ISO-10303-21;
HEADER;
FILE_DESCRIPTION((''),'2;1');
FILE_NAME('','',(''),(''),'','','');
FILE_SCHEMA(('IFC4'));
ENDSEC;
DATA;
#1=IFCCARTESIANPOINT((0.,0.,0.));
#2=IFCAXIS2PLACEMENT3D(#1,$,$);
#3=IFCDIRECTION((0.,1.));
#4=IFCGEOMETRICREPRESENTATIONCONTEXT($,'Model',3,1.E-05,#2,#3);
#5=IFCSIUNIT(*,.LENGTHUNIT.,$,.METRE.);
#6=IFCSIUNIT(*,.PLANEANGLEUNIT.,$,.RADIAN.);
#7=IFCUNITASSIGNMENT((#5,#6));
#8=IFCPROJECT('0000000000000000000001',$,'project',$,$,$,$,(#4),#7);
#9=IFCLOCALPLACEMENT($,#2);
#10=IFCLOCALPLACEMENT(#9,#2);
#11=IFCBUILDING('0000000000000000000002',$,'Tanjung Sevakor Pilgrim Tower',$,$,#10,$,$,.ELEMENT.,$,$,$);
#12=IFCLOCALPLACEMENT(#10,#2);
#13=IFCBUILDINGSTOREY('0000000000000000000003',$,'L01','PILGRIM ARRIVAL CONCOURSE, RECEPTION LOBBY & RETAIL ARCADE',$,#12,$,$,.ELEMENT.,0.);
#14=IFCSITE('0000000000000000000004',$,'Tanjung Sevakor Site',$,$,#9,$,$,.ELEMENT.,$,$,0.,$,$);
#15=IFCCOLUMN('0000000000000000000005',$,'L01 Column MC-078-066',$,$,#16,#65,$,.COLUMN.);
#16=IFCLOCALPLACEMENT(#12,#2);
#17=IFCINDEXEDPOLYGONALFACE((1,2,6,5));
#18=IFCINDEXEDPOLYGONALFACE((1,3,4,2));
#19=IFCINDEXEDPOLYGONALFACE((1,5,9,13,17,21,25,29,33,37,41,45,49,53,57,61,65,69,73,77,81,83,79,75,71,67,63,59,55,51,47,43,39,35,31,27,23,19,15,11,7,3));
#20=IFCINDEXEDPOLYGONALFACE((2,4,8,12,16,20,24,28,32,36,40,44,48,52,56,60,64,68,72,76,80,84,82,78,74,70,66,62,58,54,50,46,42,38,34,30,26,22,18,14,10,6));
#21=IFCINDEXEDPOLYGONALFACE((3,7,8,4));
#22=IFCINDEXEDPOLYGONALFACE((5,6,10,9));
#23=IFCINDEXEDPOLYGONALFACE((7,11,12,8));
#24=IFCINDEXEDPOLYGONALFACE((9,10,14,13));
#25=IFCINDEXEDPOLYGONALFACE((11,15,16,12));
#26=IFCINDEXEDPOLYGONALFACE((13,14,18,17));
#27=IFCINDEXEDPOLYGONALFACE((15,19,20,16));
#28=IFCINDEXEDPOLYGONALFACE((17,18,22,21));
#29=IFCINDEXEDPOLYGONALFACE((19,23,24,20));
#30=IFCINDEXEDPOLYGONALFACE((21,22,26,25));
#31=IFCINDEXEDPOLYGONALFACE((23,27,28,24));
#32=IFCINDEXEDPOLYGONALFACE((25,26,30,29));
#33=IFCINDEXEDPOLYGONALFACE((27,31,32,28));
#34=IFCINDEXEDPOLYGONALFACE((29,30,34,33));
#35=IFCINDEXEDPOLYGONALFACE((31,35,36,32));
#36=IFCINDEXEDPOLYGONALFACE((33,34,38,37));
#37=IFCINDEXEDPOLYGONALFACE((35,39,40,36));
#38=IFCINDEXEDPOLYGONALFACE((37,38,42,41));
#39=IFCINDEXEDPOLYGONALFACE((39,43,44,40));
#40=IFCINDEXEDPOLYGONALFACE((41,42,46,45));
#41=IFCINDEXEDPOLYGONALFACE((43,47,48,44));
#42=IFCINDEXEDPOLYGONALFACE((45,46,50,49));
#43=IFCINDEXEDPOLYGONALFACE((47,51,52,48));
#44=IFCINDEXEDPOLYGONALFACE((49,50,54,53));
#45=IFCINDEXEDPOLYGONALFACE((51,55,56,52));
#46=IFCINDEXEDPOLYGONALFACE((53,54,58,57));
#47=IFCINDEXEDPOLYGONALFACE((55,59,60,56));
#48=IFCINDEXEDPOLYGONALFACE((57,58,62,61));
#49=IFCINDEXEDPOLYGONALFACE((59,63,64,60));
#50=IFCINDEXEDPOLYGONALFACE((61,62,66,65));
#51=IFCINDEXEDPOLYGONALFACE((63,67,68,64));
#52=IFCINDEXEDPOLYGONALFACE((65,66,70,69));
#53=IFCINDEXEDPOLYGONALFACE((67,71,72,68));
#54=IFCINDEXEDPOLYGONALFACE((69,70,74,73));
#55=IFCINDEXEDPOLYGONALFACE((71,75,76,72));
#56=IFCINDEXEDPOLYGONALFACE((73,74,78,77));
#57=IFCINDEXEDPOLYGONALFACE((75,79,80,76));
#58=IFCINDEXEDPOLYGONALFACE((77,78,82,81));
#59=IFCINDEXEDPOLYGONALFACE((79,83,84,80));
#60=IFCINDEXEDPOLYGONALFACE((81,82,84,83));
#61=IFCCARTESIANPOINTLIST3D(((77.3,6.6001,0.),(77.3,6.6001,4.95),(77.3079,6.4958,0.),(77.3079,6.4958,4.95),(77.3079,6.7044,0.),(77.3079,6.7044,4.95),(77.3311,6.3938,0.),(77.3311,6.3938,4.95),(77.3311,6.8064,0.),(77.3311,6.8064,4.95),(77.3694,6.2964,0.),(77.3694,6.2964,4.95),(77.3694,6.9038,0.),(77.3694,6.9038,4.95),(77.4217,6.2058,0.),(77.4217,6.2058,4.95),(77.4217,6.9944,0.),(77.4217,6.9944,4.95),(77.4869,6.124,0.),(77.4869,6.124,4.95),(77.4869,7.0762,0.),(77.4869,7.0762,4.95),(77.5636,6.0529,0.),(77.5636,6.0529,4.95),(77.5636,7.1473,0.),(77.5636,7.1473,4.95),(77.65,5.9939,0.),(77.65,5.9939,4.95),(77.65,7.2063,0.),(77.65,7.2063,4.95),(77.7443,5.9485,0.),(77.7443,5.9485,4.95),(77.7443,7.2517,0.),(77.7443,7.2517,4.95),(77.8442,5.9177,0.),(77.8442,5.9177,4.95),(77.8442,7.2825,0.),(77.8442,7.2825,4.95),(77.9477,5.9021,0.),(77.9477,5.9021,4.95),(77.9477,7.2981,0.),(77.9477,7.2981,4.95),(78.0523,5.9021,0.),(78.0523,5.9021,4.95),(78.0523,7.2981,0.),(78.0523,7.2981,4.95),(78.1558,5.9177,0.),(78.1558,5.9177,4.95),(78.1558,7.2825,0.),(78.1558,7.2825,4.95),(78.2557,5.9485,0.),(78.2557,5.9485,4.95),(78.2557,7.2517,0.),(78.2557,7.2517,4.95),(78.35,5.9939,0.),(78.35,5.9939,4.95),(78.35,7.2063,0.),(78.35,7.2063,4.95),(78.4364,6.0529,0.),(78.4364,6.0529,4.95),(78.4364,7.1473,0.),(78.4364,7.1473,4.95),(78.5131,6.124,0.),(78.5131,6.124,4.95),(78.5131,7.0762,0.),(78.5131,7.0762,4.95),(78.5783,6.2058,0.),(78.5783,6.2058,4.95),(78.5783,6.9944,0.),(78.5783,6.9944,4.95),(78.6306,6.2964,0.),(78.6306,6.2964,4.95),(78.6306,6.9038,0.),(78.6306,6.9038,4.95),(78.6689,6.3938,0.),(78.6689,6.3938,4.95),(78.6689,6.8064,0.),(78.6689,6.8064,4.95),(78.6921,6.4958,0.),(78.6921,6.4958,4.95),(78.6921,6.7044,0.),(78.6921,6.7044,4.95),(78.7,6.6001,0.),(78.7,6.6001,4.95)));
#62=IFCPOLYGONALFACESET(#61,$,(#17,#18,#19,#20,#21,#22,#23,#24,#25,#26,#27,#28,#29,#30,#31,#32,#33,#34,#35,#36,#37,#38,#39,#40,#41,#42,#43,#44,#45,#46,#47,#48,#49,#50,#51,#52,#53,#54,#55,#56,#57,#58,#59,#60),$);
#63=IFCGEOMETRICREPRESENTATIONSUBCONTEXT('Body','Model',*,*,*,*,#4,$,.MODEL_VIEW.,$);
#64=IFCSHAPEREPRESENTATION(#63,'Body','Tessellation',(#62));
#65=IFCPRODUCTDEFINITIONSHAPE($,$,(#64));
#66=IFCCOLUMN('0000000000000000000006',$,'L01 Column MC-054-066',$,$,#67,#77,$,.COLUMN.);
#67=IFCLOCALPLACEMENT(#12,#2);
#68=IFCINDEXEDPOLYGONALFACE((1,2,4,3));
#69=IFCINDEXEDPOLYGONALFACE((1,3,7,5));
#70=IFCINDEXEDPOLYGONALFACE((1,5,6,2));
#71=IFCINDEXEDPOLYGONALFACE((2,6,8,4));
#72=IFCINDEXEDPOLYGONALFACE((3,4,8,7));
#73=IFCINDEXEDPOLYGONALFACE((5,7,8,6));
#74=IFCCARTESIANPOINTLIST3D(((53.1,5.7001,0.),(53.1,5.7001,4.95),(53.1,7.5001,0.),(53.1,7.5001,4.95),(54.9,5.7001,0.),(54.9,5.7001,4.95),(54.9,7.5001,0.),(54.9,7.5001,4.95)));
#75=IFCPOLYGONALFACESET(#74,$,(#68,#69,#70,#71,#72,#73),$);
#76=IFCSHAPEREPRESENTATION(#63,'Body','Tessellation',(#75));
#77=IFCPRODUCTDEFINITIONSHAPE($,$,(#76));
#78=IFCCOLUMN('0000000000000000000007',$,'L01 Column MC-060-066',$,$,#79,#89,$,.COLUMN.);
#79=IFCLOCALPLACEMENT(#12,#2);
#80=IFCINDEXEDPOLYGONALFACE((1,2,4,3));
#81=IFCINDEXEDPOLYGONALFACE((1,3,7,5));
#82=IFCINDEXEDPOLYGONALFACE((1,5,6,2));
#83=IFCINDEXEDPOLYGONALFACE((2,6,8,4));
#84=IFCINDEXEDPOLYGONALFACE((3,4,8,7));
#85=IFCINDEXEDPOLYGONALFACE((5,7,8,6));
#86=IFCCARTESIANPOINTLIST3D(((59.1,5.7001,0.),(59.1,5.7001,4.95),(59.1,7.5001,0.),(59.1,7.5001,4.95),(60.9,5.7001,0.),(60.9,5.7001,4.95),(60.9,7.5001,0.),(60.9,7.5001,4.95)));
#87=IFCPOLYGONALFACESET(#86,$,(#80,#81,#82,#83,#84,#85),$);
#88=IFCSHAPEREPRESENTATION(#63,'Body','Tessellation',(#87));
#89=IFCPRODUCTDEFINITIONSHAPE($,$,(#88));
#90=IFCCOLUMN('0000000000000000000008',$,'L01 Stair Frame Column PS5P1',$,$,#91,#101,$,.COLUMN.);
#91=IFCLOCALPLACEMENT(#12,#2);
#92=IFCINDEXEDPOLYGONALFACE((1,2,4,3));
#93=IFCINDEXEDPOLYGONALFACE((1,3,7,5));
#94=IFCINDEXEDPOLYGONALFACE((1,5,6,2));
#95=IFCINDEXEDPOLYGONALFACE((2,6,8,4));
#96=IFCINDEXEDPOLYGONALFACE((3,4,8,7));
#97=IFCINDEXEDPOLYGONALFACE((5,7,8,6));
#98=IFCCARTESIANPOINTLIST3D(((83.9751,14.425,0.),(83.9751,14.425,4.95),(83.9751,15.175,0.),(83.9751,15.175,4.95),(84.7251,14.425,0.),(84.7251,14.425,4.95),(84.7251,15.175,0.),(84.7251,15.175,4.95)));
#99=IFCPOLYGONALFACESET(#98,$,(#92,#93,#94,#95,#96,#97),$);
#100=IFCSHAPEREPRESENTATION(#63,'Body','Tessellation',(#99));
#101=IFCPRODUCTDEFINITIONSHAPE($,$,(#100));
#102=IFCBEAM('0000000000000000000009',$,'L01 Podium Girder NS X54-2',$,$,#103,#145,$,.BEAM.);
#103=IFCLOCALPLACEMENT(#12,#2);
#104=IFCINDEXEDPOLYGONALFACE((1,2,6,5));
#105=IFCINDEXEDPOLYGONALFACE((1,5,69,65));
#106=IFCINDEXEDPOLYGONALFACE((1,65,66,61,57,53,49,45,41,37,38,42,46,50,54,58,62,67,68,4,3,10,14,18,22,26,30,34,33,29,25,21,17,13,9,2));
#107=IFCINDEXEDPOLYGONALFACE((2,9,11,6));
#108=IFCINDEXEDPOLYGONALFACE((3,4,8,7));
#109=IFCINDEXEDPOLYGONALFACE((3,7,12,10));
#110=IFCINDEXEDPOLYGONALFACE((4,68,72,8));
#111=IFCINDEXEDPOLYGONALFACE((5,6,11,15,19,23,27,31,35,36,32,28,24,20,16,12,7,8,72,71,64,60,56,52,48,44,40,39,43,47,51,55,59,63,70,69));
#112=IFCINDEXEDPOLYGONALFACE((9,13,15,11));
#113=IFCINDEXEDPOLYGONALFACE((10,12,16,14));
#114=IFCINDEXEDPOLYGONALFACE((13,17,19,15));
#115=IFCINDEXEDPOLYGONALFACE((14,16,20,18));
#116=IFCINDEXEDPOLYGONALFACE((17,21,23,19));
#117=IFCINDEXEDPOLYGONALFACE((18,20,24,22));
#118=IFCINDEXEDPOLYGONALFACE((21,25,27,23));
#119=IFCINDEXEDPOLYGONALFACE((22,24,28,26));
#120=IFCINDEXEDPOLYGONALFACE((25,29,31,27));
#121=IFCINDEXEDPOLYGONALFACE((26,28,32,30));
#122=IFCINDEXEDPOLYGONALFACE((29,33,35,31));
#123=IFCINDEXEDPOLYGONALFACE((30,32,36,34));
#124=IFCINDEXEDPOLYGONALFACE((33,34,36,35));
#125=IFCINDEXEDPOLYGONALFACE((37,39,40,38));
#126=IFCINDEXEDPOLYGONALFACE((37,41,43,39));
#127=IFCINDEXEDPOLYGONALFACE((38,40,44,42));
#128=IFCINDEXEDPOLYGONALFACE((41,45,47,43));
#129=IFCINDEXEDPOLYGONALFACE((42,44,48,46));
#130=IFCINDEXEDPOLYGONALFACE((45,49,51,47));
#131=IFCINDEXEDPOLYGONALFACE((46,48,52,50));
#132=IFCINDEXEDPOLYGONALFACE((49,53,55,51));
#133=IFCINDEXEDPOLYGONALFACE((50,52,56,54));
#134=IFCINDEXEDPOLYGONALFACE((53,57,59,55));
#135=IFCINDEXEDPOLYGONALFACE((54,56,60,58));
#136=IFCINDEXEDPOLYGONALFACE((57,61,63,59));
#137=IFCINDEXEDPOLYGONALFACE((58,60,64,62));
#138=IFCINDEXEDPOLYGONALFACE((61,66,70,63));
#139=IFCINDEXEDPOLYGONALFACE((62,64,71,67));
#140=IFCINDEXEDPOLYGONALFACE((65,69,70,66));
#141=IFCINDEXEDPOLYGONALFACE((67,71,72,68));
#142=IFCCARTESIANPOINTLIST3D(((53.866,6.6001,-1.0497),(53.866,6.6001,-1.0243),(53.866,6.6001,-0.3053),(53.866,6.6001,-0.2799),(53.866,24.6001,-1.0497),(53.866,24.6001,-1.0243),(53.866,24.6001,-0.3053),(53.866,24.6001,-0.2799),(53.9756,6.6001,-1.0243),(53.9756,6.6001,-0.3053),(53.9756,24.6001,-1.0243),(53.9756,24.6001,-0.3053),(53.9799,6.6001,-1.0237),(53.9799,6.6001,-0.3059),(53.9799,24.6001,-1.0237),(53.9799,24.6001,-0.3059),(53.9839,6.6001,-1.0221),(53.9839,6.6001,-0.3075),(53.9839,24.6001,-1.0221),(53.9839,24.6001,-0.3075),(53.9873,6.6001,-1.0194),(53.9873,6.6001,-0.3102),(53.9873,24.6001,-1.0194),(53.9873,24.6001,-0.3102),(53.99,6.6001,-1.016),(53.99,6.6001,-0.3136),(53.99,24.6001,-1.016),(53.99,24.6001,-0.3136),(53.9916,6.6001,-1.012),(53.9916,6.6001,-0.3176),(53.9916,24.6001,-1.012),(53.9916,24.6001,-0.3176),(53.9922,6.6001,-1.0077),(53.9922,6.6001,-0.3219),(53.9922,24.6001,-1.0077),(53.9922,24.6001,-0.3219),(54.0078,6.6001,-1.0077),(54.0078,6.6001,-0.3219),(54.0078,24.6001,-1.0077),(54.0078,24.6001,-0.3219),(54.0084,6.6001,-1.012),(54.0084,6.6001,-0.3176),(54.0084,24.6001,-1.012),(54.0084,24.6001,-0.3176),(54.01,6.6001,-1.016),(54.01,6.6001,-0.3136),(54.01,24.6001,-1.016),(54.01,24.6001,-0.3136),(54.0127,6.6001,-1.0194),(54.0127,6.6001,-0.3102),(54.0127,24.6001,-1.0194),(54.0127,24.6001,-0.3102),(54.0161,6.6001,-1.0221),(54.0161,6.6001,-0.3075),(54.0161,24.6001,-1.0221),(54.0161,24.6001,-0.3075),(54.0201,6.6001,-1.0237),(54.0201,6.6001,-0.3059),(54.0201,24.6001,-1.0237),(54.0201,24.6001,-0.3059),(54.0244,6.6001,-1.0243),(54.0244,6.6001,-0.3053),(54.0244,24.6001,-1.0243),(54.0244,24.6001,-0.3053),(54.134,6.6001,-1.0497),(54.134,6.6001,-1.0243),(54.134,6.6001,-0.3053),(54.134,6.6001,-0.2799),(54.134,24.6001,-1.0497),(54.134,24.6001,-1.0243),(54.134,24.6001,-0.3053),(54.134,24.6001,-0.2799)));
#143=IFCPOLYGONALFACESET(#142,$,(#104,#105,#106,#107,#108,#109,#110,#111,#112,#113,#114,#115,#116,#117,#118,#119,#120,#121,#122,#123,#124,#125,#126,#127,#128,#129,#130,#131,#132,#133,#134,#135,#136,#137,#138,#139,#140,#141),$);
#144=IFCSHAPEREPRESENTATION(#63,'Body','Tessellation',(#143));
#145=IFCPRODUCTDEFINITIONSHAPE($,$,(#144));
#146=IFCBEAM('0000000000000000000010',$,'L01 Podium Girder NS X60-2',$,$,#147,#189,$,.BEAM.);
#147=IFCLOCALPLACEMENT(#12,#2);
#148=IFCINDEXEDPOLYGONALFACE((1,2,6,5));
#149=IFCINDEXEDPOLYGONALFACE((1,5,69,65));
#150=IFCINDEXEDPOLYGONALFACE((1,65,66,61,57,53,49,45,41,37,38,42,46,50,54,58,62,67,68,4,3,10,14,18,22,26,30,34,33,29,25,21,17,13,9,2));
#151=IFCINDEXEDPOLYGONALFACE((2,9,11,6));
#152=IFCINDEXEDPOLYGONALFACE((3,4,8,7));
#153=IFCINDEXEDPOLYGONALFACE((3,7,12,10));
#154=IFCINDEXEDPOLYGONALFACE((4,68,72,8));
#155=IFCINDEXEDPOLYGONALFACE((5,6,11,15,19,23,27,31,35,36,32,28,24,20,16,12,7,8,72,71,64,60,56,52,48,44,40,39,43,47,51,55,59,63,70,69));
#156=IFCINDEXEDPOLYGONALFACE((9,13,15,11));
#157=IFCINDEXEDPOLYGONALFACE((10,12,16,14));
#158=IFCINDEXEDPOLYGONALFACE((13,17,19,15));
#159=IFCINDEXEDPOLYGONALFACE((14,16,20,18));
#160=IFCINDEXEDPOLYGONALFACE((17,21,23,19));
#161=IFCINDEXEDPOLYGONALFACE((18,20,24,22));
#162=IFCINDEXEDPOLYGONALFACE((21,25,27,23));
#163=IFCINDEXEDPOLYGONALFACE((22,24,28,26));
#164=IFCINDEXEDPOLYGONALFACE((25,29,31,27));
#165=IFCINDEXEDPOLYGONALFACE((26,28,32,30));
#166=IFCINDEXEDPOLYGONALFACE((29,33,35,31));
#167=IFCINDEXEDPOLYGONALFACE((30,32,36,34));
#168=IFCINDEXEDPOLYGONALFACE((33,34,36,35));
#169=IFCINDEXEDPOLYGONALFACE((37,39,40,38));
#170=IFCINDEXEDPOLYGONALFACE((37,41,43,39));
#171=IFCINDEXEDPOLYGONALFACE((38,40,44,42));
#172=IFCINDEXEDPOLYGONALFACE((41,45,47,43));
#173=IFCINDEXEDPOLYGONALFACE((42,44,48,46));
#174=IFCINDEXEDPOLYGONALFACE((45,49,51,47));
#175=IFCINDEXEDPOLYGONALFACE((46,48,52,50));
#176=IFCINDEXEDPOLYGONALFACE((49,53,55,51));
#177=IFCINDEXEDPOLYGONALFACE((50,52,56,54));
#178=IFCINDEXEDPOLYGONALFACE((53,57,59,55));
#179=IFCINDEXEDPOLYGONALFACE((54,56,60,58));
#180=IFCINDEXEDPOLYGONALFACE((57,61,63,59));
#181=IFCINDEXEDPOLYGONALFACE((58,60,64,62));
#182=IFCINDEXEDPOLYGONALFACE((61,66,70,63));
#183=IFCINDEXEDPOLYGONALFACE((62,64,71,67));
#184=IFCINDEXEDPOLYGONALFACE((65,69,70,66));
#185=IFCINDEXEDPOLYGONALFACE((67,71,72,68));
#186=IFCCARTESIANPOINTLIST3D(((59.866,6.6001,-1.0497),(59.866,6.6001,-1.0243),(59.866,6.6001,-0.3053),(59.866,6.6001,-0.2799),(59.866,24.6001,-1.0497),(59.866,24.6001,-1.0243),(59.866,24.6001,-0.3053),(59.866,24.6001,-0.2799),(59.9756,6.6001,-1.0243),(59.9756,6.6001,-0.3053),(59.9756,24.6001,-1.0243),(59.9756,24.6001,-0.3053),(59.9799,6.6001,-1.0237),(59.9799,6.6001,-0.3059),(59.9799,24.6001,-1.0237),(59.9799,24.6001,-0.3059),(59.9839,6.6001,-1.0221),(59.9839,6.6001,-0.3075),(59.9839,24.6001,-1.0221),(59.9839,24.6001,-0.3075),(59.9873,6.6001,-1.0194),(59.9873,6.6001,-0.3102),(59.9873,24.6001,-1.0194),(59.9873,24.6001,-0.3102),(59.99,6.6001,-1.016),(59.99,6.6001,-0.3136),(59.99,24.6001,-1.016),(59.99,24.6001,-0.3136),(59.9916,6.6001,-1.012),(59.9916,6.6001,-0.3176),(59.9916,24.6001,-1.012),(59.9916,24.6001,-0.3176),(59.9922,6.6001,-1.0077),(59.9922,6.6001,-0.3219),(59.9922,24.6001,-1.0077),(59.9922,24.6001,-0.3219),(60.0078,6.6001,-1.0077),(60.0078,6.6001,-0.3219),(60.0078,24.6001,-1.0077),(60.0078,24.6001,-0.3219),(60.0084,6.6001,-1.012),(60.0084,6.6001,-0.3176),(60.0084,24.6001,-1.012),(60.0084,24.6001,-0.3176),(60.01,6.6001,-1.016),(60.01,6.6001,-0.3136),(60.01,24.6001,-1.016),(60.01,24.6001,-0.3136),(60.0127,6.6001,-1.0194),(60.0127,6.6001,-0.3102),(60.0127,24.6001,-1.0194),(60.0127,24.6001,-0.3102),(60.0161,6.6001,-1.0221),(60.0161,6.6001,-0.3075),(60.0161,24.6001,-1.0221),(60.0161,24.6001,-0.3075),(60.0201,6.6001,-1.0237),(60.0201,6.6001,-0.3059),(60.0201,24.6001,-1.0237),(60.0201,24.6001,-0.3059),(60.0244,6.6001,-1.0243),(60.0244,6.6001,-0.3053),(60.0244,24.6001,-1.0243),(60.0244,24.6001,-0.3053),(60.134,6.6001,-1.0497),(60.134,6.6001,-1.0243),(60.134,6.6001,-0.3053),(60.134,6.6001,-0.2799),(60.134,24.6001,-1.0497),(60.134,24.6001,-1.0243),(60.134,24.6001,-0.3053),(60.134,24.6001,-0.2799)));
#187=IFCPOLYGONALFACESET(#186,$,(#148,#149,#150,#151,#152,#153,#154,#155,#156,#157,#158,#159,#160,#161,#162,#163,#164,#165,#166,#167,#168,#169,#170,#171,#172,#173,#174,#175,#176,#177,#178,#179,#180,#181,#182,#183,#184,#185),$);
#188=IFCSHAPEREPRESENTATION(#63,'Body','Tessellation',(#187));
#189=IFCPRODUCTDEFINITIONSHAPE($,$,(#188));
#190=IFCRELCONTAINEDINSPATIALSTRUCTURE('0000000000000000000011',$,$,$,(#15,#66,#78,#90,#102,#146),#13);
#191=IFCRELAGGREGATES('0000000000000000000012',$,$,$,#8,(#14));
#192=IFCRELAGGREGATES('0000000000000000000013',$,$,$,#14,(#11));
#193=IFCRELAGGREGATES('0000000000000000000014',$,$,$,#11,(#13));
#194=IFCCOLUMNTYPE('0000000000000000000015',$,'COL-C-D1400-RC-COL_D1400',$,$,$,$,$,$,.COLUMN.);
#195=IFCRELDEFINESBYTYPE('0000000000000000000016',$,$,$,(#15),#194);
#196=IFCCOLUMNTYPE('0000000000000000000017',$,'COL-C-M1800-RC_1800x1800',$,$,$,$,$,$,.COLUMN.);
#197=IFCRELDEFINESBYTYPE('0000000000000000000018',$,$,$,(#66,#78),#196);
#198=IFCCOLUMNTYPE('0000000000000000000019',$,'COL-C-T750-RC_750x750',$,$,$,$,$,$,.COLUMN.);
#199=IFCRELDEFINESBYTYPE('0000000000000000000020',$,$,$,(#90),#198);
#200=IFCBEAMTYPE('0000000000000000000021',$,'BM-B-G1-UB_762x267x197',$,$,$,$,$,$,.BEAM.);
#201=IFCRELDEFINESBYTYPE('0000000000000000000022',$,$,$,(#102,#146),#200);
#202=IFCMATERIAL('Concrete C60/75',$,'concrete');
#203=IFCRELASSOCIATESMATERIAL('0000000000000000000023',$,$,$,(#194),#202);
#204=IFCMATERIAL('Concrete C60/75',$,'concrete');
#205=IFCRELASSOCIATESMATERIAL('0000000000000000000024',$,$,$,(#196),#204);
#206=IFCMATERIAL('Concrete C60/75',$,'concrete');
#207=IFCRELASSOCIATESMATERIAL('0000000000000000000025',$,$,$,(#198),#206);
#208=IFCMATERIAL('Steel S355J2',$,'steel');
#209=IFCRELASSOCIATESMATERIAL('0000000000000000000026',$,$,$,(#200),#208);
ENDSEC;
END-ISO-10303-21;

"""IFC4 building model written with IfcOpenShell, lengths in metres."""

from ifc_helpers import new_model, si_unit, direction, frame, origin, origin_2d, place, context, subcontext, project, spatial, rectangle, circle, i_section, extrude, material, material_profile, profile_set, type_object, element, save


model = new_model("IFC4")

# Units and contexts
model_context = context("Model", 3, precision=1e-05, world=origin(), true_north=direction((0.0, 1.0)))
body_context = subcontext(model_context, "Body", "Model", "MODEL_VIEW")
ifc_project = project(units=[si_unit("LENGTHUNIT", "METRE"), si_unit("PLANEANGLEUNIT", "RADIAN")], contexts=[model_context])

# Site, building, storey
site_placement = place(None, origin())
site = spatial("IfcSite", under=ifc_project, at=site_placement, Name="Tanjung Sevakor Site", CompositionType="ELEMENT", RefElevation=0.0)
building_placement = place(site_placement, origin())
building = spatial("IfcBuilding", under=site, at=building_placement, Name="Tanjung Sevakor Pilgrim Tower", CompositionType="ELEMENT")
storey_placement = place(building_placement, origin())
storey = spatial("IfcBuildingStorey", under=building, at=storey_placement, Name="L01", Description="PILGRIM ARRIVAL CONCOURSE, RECEPTION LOBBY & RETAIL ARCADE", CompositionType="ELEMENT", Elevation=0.0)

# Columns
ifc_material_1 = material(Name="Concrete C60/75", Category="concrete")
ifc_material_profile_1 = material_profile(ifc_material_1, circle(Radius=0.7, at=origin_2d()))
ifc_profile_set_1 = profile_set([ifc_material_profile_1], Name="Concrete C60/75")
column_type_1 = type_object("IfcColumnType", Name="COL-C-D1400-RC-COL_D1400", PredefinedType="COLUMN", material=ifc_profile_set_1)
column_1_placement = place(storey_placement, frame((78.0, 6.6001, 0.0), z_axis=(0.0, 0.0, 1.0), x_axis=(1.0, 0.0, 0.0)))
element("IfcColumn", 1, at=column_1_placement, inside=storey, type_object=column_type_1, Name="L01 Column MC-078-066", PredefinedType="COLUMN", context=body_context, shape_type="SweptSolid", body=[
    extrude(circle(Radius=0.7, at=origin_2d()), origin(), (0.0, 0.0, 1.0), 4.95),
])
ifc_material_2 = material(Name="Concrete C60/75", Category="concrete")
ifc_material_profile_2 = material_profile(ifc_material_2, rectangle(XDim=1.8, YDim=1.8, at=origin_2d()))
ifc_profile_set_2 = profile_set([ifc_material_profile_2], Name="Concrete C60/75")
column_type_2 = type_object("IfcColumnType", Name="COL-C-M1800-RC_1800x1800", PredefinedType="COLUMN", material=ifc_profile_set_2)
for number, where, z_axis, x_axis, name in (
    (2, (54.0, 6.6001, 0.0), (0.0, 0.0, 1.0), (1.0, 0.0, 0.0), "L01 Column MC-054-066"),
    (3, (60.0, 6.6001, 0.0), (0.0, 0.0, 1.0), (1.0, 0.0, 0.0), "L01 Column MC-060-066"),
):
    element("IfcColumn", number, at=place(storey_placement, frame(where, z_axis=z_axis, x_axis=x_axis)), inside=storey, type_object=column_type_2, Name=name, PredefinedType="COLUMN", context=body_context, shape_type="SweptSolid", body=[
        extrude(rectangle(XDim=1.8, YDim=1.8, at=origin_2d()), origin(), (0.0, 0.0, 1.0), 4.95),
    ])
ifc_material_3 = material(Name="Concrete C60/75", Category="concrete")
ifc_material_profile_3 = material_profile(ifc_material_3, rectangle(XDim=0.75, YDim=0.75, at=origin_2d()))
ifc_profile_set_3 = profile_set([ifc_material_profile_3], Name="Concrete C60/75")
column_type_3 = type_object("IfcColumnType", Name="COL-C-T750-RC_750x750", PredefinedType="COLUMN", material=ifc_profile_set_3)
column_2_placement = place(storey_placement, frame((84.3501, 14.8, 0.0), z_axis=(0.0, 0.0, 1.0), x_axis=(1.0, 0.0, 0.0)))
element("IfcColumn", 4, at=column_2_placement, inside=storey, type_object=column_type_3, Name="L01 Stair Frame Column PS5P1", PredefinedType="COLUMN", context=body_context, shape_type="SweptSolid", body=[
    extrude(rectangle(XDim=0.75, YDim=0.75, at=origin_2d()), origin(), (0.0, 0.0, 1.0), 4.95),
])

# Beams
ifc_material_4 = material(Name="Steel S355J2", Category="steel")
ifc_material_profile_4 = material_profile(ifc_material_4, i_section(OverallWidth=0.2681, OverallDepth=0.7698, WebThickness=0.0156, FlangeThickness=0.0254, FilletRadius=0.0166, at=origin_2d()))
ifc_profile_set_4 = profile_set([ifc_material_profile_4], Name="Steel S355J2")
beam_type_1 = type_object("IfcBeamType", Name="BM-B-G1-UB_762x267x197", PredefinedType="BEAM", material=ifc_profile_set_4)
for number, where, z_axis, x_axis, name in (
    (5, (54.0, 6.6001, -0.6648), (0.0, 1.0, 0.0), (-1.0, 0.0, 0.0), "L01 Podium Girder NS X54-2"),
    (6, (60.0, 6.6001, -0.6648), (0.0, 1.0, 0.0), (-1.0, 0.0, 0.0), "L01 Podium Girder NS X60-2"),
):
    element("IfcBeam", number, at=place(storey_placement, frame(where, z_axis=z_axis, x_axis=x_axis)), inside=storey, type_object=beam_type_1, Name=name, PredefinedType="BEAM", context=body_context, shape_type="SweptSolid", body=[
        extrude(i_section(OverallWidth=0.2681, OverallDepth=0.7698, WebThickness=0.0156, FlangeThickness=0.0254, FilletRadius=0.0166, at=origin_2d()), origin(), (0.0, 0.0, 1.0), 18.0),
    ])

save(model, "model.ifc")
